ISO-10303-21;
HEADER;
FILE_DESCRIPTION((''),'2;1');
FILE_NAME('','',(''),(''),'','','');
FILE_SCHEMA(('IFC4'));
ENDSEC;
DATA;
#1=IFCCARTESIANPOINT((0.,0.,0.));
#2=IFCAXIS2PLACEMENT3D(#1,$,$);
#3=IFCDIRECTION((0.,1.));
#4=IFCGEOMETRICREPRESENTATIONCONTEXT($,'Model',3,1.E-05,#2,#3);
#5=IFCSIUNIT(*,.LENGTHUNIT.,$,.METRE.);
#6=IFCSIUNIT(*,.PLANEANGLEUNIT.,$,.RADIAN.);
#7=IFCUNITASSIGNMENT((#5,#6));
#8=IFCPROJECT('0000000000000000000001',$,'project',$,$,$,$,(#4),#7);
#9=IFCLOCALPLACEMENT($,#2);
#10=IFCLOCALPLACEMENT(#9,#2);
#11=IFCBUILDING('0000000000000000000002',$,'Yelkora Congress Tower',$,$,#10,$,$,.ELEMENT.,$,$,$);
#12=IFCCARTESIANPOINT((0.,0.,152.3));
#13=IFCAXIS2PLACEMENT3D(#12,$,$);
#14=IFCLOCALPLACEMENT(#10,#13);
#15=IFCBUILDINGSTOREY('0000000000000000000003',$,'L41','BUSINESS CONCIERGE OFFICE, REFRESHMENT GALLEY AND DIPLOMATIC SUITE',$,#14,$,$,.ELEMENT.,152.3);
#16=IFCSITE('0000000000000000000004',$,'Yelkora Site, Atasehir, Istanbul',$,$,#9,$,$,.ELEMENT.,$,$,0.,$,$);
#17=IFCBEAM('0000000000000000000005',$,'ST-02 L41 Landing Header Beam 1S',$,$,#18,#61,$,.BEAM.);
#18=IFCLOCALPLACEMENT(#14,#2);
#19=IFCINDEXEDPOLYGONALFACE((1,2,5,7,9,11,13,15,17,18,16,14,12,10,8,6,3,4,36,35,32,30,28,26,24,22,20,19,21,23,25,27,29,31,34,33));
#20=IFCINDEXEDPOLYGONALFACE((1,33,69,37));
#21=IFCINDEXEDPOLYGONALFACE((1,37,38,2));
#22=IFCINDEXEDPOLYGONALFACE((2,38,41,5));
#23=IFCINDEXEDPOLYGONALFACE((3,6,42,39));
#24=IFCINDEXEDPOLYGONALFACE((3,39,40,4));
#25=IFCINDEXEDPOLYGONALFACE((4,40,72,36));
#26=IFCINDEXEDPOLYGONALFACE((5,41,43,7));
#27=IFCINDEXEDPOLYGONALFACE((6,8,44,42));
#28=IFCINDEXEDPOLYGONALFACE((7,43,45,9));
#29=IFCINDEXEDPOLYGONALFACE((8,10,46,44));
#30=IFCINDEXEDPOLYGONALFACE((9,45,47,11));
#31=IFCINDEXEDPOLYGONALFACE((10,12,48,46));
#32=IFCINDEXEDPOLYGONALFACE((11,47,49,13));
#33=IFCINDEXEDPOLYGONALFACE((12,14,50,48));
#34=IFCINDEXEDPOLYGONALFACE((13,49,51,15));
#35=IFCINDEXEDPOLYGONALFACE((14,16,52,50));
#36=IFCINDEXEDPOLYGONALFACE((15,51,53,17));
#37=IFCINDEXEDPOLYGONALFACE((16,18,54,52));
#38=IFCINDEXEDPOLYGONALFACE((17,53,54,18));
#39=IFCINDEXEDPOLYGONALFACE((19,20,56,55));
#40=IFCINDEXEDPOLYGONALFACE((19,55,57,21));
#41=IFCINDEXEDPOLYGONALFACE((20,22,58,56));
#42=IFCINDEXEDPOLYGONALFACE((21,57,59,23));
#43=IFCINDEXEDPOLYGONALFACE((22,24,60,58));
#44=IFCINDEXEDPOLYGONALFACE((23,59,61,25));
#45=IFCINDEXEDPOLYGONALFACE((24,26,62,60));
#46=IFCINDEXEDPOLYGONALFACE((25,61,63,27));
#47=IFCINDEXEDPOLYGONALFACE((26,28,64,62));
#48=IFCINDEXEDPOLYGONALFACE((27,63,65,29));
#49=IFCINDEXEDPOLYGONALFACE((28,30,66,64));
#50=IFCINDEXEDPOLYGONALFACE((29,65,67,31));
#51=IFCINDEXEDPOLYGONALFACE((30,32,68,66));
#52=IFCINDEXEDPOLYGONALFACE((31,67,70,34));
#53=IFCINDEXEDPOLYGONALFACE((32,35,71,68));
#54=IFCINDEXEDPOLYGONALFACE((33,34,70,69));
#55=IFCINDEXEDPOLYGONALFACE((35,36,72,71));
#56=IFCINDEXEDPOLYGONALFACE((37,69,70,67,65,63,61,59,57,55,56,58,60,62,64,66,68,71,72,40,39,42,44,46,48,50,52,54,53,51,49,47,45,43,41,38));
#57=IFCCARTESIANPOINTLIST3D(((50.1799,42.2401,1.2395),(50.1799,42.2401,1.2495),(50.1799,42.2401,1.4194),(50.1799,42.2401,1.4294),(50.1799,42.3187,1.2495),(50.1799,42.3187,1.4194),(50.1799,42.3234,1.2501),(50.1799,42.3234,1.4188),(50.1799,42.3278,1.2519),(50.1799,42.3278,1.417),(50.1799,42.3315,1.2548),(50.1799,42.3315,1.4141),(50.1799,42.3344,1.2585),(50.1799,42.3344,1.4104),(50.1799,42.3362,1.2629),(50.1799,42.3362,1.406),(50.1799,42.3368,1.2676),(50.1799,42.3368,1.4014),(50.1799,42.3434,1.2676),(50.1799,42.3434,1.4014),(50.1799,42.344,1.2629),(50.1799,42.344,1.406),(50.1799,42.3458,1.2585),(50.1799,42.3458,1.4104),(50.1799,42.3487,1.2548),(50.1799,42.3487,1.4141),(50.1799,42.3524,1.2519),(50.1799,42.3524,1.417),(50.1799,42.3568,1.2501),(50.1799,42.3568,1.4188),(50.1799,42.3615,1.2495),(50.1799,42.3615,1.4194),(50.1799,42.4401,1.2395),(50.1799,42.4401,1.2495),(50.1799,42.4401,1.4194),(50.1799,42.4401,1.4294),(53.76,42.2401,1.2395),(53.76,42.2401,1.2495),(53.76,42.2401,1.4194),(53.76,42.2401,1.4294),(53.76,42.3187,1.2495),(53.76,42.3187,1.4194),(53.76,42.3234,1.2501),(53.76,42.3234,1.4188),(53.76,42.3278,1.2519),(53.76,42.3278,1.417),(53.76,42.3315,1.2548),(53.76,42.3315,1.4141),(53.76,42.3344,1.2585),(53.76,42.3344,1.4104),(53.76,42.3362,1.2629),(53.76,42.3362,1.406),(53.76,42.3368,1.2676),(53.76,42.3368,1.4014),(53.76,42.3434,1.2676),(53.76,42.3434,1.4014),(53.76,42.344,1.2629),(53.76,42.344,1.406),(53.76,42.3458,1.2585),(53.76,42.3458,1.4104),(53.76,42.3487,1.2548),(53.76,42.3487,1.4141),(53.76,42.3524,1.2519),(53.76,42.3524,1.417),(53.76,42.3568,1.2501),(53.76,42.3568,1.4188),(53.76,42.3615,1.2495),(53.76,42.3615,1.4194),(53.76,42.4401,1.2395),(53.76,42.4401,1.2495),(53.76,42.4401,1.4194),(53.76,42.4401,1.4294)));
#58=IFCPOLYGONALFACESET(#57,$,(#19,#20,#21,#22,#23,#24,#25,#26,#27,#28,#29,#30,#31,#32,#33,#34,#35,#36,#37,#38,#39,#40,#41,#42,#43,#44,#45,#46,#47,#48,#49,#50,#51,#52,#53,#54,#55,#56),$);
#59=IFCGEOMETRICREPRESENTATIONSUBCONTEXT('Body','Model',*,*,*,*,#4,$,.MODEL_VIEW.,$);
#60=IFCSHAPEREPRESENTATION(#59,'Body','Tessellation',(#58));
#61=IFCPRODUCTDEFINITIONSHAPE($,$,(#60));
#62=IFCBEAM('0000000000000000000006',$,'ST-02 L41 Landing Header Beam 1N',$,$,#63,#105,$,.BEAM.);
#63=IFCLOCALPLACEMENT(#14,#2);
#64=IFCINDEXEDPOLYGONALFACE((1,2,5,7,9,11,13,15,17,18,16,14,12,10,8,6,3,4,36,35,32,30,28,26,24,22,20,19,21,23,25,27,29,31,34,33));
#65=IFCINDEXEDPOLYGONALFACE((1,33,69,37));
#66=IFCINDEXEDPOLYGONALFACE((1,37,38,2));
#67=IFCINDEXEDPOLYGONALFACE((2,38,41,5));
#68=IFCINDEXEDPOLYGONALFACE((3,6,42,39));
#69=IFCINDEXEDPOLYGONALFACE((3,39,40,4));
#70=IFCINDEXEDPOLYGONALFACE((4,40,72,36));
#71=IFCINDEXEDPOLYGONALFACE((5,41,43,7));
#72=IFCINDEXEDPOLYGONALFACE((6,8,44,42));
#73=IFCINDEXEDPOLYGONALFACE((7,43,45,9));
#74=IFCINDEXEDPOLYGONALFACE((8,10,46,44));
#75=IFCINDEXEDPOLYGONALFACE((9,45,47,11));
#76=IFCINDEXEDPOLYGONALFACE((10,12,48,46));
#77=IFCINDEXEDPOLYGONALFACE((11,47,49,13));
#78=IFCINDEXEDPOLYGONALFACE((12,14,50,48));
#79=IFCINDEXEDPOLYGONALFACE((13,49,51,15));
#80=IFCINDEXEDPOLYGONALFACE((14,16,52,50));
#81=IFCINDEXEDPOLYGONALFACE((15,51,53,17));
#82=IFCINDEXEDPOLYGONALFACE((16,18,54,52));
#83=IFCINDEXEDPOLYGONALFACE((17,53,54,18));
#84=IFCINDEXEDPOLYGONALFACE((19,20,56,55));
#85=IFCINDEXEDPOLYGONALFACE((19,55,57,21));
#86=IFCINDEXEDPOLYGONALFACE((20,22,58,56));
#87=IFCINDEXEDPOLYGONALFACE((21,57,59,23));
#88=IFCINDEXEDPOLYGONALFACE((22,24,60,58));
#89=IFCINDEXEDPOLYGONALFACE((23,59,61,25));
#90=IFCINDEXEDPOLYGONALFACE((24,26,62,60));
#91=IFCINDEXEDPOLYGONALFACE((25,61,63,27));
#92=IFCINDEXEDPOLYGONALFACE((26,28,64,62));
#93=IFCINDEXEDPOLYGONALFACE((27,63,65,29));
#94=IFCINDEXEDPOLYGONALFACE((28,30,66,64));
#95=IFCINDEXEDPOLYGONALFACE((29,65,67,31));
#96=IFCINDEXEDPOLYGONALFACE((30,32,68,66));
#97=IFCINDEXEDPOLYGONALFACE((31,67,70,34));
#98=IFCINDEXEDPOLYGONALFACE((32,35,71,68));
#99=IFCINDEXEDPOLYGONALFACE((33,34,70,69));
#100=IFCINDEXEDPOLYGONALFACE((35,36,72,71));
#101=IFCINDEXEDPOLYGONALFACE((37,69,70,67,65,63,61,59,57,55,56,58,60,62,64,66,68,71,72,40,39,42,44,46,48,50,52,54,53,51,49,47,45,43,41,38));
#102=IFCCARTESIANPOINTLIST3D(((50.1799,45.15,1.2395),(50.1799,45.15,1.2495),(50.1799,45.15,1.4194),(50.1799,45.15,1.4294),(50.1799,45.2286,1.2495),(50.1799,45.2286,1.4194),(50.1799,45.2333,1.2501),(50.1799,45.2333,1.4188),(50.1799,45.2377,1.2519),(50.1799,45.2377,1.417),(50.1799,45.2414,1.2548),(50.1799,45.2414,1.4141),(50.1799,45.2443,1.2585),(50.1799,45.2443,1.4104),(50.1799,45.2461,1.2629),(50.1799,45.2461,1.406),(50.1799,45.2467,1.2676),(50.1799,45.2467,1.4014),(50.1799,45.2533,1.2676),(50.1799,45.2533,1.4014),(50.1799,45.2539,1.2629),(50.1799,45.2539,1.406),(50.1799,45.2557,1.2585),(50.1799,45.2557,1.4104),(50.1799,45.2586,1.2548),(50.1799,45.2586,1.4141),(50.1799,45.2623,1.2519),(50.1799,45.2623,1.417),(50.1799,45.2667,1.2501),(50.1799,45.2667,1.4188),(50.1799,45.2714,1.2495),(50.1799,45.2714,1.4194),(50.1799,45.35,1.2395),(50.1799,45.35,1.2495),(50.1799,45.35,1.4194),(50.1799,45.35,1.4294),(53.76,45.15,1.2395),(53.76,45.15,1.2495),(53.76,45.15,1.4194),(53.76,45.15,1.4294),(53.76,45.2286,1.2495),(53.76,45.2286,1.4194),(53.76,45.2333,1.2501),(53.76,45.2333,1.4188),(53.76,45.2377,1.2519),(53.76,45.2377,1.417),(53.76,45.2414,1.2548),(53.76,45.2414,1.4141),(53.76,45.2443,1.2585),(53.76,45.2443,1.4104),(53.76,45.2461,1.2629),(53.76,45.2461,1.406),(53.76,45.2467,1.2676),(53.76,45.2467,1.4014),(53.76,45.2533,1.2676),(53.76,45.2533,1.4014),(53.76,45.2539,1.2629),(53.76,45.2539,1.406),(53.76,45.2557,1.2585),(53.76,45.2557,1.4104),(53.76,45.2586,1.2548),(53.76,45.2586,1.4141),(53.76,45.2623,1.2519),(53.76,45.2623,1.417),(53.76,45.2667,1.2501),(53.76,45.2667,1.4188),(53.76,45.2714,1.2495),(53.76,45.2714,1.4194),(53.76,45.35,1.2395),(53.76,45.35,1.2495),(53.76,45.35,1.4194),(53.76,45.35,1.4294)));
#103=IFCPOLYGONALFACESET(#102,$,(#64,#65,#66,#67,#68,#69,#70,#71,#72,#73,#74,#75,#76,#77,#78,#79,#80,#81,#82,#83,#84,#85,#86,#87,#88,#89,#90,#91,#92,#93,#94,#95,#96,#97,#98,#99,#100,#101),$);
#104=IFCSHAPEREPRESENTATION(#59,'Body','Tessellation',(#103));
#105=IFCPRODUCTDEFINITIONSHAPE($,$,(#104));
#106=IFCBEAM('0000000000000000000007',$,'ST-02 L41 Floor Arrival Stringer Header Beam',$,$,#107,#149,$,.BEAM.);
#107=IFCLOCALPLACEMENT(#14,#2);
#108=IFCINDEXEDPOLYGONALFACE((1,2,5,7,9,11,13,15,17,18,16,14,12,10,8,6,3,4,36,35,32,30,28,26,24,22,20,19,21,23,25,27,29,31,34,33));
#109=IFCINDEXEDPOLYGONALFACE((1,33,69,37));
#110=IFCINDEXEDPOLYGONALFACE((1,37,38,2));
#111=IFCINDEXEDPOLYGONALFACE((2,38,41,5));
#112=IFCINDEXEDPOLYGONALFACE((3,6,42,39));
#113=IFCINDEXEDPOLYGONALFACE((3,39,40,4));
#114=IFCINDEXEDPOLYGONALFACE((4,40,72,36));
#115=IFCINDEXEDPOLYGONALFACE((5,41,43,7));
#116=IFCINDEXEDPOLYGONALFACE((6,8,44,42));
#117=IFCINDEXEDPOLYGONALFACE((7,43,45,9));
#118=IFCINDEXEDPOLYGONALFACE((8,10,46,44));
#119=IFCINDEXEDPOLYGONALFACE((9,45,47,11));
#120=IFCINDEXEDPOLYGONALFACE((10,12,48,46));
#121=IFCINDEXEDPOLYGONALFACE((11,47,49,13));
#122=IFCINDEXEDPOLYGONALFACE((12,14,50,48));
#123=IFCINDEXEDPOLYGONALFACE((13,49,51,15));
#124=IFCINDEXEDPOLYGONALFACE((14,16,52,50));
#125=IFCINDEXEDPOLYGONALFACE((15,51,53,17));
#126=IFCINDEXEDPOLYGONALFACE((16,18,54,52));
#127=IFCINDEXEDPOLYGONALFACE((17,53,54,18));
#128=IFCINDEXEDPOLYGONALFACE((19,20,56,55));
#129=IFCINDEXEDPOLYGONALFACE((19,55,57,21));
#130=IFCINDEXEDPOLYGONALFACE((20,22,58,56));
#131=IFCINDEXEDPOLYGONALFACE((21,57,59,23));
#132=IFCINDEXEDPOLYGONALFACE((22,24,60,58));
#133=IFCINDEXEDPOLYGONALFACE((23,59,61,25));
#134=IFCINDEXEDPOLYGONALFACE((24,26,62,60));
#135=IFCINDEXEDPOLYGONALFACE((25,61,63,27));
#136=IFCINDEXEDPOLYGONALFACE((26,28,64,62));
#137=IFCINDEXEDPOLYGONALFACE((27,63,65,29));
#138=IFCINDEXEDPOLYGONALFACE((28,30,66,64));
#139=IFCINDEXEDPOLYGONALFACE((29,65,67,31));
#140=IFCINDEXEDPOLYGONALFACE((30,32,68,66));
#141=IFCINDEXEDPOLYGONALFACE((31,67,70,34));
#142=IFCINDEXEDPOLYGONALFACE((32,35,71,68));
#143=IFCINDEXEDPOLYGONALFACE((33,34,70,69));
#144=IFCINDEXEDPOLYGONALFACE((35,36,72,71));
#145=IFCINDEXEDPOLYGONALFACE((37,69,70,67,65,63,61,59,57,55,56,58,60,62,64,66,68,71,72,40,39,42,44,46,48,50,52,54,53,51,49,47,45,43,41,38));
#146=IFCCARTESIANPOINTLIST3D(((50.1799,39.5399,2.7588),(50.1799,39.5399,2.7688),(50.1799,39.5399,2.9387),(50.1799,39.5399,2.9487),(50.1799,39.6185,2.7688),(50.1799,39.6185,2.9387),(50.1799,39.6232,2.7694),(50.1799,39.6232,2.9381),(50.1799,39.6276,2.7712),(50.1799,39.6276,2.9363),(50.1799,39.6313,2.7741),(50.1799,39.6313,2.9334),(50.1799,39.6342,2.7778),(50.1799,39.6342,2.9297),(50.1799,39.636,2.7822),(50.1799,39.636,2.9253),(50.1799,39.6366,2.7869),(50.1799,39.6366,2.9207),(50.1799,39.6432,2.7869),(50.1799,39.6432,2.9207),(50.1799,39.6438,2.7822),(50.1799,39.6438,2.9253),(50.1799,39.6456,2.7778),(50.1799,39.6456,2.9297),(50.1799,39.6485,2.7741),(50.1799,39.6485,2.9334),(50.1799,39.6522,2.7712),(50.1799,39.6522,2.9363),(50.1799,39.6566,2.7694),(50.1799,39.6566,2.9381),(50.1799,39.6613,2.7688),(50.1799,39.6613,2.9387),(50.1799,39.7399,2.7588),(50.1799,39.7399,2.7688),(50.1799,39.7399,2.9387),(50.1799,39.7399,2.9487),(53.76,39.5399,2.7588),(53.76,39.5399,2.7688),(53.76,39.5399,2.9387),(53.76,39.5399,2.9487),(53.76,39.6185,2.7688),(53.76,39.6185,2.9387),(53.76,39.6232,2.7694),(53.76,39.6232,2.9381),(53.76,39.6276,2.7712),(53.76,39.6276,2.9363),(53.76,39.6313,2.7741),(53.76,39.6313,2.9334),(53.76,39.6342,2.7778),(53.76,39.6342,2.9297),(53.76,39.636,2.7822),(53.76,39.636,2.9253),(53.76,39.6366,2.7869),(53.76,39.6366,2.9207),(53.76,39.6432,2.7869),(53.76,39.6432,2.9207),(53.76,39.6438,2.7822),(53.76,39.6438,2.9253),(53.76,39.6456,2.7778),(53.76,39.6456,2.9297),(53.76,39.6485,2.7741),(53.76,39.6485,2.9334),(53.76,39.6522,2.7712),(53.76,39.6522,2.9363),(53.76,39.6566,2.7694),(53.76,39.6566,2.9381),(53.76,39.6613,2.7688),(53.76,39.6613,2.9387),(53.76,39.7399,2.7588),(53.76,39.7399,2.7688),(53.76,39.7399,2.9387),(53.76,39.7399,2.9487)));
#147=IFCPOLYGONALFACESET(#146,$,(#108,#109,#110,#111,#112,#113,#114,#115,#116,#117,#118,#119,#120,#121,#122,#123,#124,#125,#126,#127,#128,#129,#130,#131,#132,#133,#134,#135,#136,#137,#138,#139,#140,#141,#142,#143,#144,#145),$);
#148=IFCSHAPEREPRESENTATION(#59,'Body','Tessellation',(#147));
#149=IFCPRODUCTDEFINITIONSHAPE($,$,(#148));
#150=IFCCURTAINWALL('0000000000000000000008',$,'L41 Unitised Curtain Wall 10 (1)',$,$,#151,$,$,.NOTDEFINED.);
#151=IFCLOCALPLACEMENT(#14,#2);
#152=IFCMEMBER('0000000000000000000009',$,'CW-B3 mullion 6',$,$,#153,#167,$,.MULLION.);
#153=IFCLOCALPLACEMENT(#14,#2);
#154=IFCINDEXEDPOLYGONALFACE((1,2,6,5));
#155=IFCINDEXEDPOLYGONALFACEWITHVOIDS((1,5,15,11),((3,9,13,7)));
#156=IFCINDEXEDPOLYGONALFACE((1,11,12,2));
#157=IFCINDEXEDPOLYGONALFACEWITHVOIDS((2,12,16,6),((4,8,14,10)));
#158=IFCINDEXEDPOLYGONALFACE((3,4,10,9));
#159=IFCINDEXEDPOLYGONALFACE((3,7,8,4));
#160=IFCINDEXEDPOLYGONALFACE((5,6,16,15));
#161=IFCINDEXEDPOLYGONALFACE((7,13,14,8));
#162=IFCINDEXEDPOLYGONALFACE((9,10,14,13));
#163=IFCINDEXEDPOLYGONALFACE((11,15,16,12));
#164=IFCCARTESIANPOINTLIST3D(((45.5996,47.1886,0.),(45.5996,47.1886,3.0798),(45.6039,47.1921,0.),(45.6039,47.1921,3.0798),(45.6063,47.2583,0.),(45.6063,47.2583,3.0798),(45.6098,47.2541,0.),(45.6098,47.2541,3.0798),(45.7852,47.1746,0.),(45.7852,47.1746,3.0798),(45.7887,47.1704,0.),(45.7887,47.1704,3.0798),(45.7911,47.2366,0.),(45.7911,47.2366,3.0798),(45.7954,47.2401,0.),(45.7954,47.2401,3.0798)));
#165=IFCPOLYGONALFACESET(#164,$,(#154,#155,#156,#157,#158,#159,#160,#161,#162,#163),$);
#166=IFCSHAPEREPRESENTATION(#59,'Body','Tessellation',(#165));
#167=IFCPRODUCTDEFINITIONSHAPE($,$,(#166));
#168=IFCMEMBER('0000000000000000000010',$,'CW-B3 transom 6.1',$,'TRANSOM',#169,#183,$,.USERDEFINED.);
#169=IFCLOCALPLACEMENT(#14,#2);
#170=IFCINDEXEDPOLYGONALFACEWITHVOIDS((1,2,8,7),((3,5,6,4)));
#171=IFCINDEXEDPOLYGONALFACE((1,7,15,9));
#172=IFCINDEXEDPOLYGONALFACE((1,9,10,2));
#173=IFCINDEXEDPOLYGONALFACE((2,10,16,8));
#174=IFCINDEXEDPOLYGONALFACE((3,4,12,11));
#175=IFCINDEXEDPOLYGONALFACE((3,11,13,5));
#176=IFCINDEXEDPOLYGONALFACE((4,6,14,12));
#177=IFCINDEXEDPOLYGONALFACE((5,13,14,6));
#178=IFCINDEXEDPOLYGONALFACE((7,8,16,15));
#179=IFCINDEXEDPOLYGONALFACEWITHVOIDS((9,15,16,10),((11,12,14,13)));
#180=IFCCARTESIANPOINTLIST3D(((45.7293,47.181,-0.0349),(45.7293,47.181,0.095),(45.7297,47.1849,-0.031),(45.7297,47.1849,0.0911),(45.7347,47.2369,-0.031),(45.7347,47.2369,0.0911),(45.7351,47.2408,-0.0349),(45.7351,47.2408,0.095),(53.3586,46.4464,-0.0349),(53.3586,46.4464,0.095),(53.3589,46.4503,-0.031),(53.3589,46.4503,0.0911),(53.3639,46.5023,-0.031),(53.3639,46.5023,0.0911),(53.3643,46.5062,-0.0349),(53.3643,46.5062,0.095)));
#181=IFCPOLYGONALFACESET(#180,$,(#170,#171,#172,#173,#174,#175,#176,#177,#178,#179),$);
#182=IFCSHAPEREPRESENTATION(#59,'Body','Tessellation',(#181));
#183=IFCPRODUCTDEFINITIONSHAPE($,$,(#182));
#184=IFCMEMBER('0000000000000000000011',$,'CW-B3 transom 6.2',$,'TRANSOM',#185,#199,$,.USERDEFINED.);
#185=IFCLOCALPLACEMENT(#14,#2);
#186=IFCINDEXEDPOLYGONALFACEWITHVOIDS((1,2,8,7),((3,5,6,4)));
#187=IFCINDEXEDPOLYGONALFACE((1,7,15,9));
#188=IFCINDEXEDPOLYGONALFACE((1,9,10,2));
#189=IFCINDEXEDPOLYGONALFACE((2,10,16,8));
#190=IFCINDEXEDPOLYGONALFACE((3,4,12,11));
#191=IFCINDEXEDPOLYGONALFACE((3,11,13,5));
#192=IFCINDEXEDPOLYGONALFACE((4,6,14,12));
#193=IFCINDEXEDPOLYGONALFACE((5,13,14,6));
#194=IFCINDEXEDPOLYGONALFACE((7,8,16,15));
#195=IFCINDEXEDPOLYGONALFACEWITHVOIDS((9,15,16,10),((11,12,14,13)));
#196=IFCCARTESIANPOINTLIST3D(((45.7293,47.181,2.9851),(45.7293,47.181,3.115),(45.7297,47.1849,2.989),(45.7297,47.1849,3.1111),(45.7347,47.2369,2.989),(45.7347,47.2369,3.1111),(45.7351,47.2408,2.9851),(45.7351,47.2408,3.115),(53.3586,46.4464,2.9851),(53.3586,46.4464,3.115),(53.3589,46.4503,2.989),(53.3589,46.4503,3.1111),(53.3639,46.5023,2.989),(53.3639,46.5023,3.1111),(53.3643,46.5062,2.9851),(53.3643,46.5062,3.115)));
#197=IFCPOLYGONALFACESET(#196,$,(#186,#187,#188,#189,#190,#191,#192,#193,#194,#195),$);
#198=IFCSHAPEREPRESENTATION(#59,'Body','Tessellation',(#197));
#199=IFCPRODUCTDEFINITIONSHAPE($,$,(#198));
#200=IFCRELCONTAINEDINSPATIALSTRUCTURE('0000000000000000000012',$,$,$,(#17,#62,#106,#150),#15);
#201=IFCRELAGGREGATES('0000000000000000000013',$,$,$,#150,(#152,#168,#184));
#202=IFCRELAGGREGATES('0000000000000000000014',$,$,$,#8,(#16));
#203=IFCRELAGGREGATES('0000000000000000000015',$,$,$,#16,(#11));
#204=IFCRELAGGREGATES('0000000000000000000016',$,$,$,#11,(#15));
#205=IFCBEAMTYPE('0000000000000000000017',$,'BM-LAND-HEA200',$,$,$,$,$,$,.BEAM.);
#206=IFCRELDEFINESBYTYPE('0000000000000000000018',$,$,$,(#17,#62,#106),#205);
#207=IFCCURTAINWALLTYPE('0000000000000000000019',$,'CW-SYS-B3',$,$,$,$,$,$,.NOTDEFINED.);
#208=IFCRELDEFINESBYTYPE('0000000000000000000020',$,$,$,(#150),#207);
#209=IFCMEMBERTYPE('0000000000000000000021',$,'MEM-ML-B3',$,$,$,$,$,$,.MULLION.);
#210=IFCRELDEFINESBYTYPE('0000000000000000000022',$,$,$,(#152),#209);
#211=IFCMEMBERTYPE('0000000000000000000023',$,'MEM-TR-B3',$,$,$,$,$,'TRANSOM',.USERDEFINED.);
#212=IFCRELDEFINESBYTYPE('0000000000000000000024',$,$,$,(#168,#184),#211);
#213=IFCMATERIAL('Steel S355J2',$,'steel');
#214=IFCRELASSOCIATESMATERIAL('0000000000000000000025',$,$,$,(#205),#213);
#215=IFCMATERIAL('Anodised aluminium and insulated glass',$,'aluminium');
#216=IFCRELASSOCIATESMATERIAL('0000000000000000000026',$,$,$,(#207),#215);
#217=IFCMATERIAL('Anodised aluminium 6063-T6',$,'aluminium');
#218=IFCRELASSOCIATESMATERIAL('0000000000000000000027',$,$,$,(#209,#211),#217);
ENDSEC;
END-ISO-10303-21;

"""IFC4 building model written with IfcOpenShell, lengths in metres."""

from ifc_helpers import new_model, si_unit, direction, frame, origin, origin_2d, place, context, subcontext, project, spatial, hollow_rectangle, i_section, extrude, material, material_profile, profile_set, type_object, element, aggregate, save


model = new_model("IFC4")

# Units and contexts
model_context = context("Model", 3, precision=1e-05, world=origin(), true_north=direction((0.0, 1.0)))
body_context = subcontext(model_context, "Body", "Model", "MODEL_VIEW")
ifc_project = project(units=[si_unit("LENGTHUNIT", "METRE"), si_unit("PLANEANGLEUNIT", "RADIAN")], contexts=[model_context])

# Site, building, storey
site_placement = place(None, origin())
site = spatial("IfcSite", under=ifc_project, at=site_placement, Name="Yelkora Site, Atasehir, Istanbul", CompositionType="ELEMENT", RefElevation=0.0)
building_placement = place(site_placement, origin())
building = spatial("IfcBuilding", under=site, at=building_placement, Name="Yelkora Congress Tower", CompositionType="ELEMENT")
storey_placement = place(building_placement, frame((0.0, 0.0, 152.3)))
storey = spatial("IfcBuildingStorey", under=building, at=storey_placement, Name="L41", Description="BUSINESS CONCIERGE OFFICE, REFRESHMENT GALLEY AND DIPLOMATIC SUITE", CompositionType="ELEMENT", Elevation=152.3)

# Beams
ifc_material_1 = material(Name="Steel S355J2", Category="steel")
ifc_material_profile_1 = material_profile(ifc_material_1, i_section(OverallWidth=0.2, OverallDepth=0.1899, WebThickness=0.0066, FlangeThickness=0.01, FilletRadius=0.0181, at=origin_2d()), Name="HEA 200")
ifc_profile_set_1 = profile_set([ifc_material_profile_1], Name="Steel S355J2")
beam_type_1 = type_object("IfcBeamType", Name="BM-LAND-HEA200", PredefinedType="BEAM", material=ifc_profile_set_1)
for number, where, z_axis, x_axis, name in (
    (1, (50.1799, 42.3401, 1.3345), (1.0, 0.0, 0.0), (0.0, 1.0, 0.0), "ST-02 L41 Landing Header Beam 1S"),
    (2, (50.1799, 45.25, 1.3345), (1.0, 0.0, 0.0), (0.0, 1.0, 0.0), "ST-02 L41 Landing Header Beam 1N"),
    (3, (50.1799, 39.6399, 2.8538), (1.0, 0.0, 0.0), (0.0, 1.0, 0.0), "ST-02 L41 Floor Arrival Stringer Header Beam"),
):
    element("IfcBeam", number, at=place(storey_placement, frame(where, z_axis=z_axis, x_axis=x_axis)), inside=storey, type_object=beam_type_1, Name=name, PredefinedType="BEAM", context=body_context, shape_type="SweptSolid", body=[
        extrude(i_section(OverallWidth=0.2, OverallDepth=0.1899, WebThickness=0.0066, FlangeThickness=0.01, FilletRadius=0.0181, at=origin_2d()), origin(), (0.0, 0.0, 1.0), 3.5801),
    ])

# Curtain wall, members
ifc_material_2 = material(Name="Anodised aluminium and insulated glass", Category="aluminium")
curtain_wall_type = type_object("IfcCurtainWallType", Name="CW-SYS-B3", PredefinedType="NOTDEFINED", material=ifc_material_2)
curtain_wall_placement = place(storey_placement, origin())
curtain_wall = element("IfcCurtainWall", 4, at=curtain_wall_placement, inside=storey, type_object=curtain_wall_type, Name="L41 Unitised Curtain Wall 10 (1)", PredefinedType="NOTDEFINED")
ifc_material_3 = material(Name="Anodised aluminium 6063-T6", Category="aluminium")
ifc_material_profile_2 = material_profile(ifc_material_3, hollow_rectangle(XDim=0.0701, YDim=0.1899, WallThickness=0.0039, at=origin_2d()), Name="ALU 70x190x4")
ifc_profile_set_2 = profile_set([ifc_material_profile_2], Name="Anodised aluminium 6063-T6")
member_type_1 = type_object("IfcMemberType", Name="MEM-ML-B3", PredefinedType="MULLION", material=ifc_profile_set_2)
member_1_placement = place(storey_placement, frame((45.6975, 47.2144, 0.0), z_axis=(0.0, 0.0, 1.0), x_axis=(0.095845, 0.995396, 0.0)))
member_1 = element("IfcMember", 5, at=member_1_placement, type_object=member_type_1, Name="CW-B3 mullion 6", PredefinedType="MULLION", context=body_context, shape_type="SweptSolid", body=[
    extrude(hollow_rectangle(XDim=0.0701, YDim=0.1899, WallThickness=0.0039, at=origin_2d()), origin(), (0.0, 0.0, 1.0), 3.0798),
])
ifc_material_profile_3 = material_profile(ifc_material_3, hollow_rectangle(XDim=0.0601, YDim=0.1299, WallThickness=0.0039, at=origin_2d()), Name="ALU 60x130x4")
ifc_profile_set_3 = profile_set([ifc_material_profile_3], Name="Anodised aluminium 6063-T6")
member_type_2 = type_object("IfcMemberType", Name="MEM-TR-B3", ElementType="TRANSOM", PredefinedType="USERDEFINED", material=ifc_profile_set_3)
member_2_placement = place(storey_placement, frame((45.7322, 47.2109, 0.03), z_axis=(0.995396, -0.095848, 0.0), x_axis=(0.095848, 0.995396, 0.0)))
member_2 = element("IfcMember", 6, at=member_2_placement, type_object=member_type_2, Name="CW-B3 transom 6.1", ObjectType="TRANSOM", PredefinedType="USERDEFINED", context=body_context, shape_type="SweptSolid", body=[
    extrude(hollow_rectangle(XDim=0.0601, YDim=0.1299, WallThickness=0.0039, at=origin_2d()), origin(), (0.0, 0.0, 1.0), 7.6646),
])
member_3_placement = place(storey_placement, frame((45.7322, 47.2109, 3.05), z_axis=(0.995396, -0.095848, 0.0), x_axis=(0.095848, 0.995396, 0.0)))
member_3 = element("IfcMember", 7, at=member_3_placement, type_object=member_type_2, Name="CW-B3 transom 6.2", ObjectType="TRANSOM", PredefinedType="USERDEFINED", context=body_context, shape_type="SweptSolid", body=[
    extrude(hollow_rectangle(XDim=0.0601, YDim=0.1299, WallThickness=0.0039, at=origin_2d()), origin(), (0.0, 0.0, 1.0), 7.6646),
])
aggregate(curtain_wall, [member_1, member_2, member_3])

save(model, "model.ifc")
